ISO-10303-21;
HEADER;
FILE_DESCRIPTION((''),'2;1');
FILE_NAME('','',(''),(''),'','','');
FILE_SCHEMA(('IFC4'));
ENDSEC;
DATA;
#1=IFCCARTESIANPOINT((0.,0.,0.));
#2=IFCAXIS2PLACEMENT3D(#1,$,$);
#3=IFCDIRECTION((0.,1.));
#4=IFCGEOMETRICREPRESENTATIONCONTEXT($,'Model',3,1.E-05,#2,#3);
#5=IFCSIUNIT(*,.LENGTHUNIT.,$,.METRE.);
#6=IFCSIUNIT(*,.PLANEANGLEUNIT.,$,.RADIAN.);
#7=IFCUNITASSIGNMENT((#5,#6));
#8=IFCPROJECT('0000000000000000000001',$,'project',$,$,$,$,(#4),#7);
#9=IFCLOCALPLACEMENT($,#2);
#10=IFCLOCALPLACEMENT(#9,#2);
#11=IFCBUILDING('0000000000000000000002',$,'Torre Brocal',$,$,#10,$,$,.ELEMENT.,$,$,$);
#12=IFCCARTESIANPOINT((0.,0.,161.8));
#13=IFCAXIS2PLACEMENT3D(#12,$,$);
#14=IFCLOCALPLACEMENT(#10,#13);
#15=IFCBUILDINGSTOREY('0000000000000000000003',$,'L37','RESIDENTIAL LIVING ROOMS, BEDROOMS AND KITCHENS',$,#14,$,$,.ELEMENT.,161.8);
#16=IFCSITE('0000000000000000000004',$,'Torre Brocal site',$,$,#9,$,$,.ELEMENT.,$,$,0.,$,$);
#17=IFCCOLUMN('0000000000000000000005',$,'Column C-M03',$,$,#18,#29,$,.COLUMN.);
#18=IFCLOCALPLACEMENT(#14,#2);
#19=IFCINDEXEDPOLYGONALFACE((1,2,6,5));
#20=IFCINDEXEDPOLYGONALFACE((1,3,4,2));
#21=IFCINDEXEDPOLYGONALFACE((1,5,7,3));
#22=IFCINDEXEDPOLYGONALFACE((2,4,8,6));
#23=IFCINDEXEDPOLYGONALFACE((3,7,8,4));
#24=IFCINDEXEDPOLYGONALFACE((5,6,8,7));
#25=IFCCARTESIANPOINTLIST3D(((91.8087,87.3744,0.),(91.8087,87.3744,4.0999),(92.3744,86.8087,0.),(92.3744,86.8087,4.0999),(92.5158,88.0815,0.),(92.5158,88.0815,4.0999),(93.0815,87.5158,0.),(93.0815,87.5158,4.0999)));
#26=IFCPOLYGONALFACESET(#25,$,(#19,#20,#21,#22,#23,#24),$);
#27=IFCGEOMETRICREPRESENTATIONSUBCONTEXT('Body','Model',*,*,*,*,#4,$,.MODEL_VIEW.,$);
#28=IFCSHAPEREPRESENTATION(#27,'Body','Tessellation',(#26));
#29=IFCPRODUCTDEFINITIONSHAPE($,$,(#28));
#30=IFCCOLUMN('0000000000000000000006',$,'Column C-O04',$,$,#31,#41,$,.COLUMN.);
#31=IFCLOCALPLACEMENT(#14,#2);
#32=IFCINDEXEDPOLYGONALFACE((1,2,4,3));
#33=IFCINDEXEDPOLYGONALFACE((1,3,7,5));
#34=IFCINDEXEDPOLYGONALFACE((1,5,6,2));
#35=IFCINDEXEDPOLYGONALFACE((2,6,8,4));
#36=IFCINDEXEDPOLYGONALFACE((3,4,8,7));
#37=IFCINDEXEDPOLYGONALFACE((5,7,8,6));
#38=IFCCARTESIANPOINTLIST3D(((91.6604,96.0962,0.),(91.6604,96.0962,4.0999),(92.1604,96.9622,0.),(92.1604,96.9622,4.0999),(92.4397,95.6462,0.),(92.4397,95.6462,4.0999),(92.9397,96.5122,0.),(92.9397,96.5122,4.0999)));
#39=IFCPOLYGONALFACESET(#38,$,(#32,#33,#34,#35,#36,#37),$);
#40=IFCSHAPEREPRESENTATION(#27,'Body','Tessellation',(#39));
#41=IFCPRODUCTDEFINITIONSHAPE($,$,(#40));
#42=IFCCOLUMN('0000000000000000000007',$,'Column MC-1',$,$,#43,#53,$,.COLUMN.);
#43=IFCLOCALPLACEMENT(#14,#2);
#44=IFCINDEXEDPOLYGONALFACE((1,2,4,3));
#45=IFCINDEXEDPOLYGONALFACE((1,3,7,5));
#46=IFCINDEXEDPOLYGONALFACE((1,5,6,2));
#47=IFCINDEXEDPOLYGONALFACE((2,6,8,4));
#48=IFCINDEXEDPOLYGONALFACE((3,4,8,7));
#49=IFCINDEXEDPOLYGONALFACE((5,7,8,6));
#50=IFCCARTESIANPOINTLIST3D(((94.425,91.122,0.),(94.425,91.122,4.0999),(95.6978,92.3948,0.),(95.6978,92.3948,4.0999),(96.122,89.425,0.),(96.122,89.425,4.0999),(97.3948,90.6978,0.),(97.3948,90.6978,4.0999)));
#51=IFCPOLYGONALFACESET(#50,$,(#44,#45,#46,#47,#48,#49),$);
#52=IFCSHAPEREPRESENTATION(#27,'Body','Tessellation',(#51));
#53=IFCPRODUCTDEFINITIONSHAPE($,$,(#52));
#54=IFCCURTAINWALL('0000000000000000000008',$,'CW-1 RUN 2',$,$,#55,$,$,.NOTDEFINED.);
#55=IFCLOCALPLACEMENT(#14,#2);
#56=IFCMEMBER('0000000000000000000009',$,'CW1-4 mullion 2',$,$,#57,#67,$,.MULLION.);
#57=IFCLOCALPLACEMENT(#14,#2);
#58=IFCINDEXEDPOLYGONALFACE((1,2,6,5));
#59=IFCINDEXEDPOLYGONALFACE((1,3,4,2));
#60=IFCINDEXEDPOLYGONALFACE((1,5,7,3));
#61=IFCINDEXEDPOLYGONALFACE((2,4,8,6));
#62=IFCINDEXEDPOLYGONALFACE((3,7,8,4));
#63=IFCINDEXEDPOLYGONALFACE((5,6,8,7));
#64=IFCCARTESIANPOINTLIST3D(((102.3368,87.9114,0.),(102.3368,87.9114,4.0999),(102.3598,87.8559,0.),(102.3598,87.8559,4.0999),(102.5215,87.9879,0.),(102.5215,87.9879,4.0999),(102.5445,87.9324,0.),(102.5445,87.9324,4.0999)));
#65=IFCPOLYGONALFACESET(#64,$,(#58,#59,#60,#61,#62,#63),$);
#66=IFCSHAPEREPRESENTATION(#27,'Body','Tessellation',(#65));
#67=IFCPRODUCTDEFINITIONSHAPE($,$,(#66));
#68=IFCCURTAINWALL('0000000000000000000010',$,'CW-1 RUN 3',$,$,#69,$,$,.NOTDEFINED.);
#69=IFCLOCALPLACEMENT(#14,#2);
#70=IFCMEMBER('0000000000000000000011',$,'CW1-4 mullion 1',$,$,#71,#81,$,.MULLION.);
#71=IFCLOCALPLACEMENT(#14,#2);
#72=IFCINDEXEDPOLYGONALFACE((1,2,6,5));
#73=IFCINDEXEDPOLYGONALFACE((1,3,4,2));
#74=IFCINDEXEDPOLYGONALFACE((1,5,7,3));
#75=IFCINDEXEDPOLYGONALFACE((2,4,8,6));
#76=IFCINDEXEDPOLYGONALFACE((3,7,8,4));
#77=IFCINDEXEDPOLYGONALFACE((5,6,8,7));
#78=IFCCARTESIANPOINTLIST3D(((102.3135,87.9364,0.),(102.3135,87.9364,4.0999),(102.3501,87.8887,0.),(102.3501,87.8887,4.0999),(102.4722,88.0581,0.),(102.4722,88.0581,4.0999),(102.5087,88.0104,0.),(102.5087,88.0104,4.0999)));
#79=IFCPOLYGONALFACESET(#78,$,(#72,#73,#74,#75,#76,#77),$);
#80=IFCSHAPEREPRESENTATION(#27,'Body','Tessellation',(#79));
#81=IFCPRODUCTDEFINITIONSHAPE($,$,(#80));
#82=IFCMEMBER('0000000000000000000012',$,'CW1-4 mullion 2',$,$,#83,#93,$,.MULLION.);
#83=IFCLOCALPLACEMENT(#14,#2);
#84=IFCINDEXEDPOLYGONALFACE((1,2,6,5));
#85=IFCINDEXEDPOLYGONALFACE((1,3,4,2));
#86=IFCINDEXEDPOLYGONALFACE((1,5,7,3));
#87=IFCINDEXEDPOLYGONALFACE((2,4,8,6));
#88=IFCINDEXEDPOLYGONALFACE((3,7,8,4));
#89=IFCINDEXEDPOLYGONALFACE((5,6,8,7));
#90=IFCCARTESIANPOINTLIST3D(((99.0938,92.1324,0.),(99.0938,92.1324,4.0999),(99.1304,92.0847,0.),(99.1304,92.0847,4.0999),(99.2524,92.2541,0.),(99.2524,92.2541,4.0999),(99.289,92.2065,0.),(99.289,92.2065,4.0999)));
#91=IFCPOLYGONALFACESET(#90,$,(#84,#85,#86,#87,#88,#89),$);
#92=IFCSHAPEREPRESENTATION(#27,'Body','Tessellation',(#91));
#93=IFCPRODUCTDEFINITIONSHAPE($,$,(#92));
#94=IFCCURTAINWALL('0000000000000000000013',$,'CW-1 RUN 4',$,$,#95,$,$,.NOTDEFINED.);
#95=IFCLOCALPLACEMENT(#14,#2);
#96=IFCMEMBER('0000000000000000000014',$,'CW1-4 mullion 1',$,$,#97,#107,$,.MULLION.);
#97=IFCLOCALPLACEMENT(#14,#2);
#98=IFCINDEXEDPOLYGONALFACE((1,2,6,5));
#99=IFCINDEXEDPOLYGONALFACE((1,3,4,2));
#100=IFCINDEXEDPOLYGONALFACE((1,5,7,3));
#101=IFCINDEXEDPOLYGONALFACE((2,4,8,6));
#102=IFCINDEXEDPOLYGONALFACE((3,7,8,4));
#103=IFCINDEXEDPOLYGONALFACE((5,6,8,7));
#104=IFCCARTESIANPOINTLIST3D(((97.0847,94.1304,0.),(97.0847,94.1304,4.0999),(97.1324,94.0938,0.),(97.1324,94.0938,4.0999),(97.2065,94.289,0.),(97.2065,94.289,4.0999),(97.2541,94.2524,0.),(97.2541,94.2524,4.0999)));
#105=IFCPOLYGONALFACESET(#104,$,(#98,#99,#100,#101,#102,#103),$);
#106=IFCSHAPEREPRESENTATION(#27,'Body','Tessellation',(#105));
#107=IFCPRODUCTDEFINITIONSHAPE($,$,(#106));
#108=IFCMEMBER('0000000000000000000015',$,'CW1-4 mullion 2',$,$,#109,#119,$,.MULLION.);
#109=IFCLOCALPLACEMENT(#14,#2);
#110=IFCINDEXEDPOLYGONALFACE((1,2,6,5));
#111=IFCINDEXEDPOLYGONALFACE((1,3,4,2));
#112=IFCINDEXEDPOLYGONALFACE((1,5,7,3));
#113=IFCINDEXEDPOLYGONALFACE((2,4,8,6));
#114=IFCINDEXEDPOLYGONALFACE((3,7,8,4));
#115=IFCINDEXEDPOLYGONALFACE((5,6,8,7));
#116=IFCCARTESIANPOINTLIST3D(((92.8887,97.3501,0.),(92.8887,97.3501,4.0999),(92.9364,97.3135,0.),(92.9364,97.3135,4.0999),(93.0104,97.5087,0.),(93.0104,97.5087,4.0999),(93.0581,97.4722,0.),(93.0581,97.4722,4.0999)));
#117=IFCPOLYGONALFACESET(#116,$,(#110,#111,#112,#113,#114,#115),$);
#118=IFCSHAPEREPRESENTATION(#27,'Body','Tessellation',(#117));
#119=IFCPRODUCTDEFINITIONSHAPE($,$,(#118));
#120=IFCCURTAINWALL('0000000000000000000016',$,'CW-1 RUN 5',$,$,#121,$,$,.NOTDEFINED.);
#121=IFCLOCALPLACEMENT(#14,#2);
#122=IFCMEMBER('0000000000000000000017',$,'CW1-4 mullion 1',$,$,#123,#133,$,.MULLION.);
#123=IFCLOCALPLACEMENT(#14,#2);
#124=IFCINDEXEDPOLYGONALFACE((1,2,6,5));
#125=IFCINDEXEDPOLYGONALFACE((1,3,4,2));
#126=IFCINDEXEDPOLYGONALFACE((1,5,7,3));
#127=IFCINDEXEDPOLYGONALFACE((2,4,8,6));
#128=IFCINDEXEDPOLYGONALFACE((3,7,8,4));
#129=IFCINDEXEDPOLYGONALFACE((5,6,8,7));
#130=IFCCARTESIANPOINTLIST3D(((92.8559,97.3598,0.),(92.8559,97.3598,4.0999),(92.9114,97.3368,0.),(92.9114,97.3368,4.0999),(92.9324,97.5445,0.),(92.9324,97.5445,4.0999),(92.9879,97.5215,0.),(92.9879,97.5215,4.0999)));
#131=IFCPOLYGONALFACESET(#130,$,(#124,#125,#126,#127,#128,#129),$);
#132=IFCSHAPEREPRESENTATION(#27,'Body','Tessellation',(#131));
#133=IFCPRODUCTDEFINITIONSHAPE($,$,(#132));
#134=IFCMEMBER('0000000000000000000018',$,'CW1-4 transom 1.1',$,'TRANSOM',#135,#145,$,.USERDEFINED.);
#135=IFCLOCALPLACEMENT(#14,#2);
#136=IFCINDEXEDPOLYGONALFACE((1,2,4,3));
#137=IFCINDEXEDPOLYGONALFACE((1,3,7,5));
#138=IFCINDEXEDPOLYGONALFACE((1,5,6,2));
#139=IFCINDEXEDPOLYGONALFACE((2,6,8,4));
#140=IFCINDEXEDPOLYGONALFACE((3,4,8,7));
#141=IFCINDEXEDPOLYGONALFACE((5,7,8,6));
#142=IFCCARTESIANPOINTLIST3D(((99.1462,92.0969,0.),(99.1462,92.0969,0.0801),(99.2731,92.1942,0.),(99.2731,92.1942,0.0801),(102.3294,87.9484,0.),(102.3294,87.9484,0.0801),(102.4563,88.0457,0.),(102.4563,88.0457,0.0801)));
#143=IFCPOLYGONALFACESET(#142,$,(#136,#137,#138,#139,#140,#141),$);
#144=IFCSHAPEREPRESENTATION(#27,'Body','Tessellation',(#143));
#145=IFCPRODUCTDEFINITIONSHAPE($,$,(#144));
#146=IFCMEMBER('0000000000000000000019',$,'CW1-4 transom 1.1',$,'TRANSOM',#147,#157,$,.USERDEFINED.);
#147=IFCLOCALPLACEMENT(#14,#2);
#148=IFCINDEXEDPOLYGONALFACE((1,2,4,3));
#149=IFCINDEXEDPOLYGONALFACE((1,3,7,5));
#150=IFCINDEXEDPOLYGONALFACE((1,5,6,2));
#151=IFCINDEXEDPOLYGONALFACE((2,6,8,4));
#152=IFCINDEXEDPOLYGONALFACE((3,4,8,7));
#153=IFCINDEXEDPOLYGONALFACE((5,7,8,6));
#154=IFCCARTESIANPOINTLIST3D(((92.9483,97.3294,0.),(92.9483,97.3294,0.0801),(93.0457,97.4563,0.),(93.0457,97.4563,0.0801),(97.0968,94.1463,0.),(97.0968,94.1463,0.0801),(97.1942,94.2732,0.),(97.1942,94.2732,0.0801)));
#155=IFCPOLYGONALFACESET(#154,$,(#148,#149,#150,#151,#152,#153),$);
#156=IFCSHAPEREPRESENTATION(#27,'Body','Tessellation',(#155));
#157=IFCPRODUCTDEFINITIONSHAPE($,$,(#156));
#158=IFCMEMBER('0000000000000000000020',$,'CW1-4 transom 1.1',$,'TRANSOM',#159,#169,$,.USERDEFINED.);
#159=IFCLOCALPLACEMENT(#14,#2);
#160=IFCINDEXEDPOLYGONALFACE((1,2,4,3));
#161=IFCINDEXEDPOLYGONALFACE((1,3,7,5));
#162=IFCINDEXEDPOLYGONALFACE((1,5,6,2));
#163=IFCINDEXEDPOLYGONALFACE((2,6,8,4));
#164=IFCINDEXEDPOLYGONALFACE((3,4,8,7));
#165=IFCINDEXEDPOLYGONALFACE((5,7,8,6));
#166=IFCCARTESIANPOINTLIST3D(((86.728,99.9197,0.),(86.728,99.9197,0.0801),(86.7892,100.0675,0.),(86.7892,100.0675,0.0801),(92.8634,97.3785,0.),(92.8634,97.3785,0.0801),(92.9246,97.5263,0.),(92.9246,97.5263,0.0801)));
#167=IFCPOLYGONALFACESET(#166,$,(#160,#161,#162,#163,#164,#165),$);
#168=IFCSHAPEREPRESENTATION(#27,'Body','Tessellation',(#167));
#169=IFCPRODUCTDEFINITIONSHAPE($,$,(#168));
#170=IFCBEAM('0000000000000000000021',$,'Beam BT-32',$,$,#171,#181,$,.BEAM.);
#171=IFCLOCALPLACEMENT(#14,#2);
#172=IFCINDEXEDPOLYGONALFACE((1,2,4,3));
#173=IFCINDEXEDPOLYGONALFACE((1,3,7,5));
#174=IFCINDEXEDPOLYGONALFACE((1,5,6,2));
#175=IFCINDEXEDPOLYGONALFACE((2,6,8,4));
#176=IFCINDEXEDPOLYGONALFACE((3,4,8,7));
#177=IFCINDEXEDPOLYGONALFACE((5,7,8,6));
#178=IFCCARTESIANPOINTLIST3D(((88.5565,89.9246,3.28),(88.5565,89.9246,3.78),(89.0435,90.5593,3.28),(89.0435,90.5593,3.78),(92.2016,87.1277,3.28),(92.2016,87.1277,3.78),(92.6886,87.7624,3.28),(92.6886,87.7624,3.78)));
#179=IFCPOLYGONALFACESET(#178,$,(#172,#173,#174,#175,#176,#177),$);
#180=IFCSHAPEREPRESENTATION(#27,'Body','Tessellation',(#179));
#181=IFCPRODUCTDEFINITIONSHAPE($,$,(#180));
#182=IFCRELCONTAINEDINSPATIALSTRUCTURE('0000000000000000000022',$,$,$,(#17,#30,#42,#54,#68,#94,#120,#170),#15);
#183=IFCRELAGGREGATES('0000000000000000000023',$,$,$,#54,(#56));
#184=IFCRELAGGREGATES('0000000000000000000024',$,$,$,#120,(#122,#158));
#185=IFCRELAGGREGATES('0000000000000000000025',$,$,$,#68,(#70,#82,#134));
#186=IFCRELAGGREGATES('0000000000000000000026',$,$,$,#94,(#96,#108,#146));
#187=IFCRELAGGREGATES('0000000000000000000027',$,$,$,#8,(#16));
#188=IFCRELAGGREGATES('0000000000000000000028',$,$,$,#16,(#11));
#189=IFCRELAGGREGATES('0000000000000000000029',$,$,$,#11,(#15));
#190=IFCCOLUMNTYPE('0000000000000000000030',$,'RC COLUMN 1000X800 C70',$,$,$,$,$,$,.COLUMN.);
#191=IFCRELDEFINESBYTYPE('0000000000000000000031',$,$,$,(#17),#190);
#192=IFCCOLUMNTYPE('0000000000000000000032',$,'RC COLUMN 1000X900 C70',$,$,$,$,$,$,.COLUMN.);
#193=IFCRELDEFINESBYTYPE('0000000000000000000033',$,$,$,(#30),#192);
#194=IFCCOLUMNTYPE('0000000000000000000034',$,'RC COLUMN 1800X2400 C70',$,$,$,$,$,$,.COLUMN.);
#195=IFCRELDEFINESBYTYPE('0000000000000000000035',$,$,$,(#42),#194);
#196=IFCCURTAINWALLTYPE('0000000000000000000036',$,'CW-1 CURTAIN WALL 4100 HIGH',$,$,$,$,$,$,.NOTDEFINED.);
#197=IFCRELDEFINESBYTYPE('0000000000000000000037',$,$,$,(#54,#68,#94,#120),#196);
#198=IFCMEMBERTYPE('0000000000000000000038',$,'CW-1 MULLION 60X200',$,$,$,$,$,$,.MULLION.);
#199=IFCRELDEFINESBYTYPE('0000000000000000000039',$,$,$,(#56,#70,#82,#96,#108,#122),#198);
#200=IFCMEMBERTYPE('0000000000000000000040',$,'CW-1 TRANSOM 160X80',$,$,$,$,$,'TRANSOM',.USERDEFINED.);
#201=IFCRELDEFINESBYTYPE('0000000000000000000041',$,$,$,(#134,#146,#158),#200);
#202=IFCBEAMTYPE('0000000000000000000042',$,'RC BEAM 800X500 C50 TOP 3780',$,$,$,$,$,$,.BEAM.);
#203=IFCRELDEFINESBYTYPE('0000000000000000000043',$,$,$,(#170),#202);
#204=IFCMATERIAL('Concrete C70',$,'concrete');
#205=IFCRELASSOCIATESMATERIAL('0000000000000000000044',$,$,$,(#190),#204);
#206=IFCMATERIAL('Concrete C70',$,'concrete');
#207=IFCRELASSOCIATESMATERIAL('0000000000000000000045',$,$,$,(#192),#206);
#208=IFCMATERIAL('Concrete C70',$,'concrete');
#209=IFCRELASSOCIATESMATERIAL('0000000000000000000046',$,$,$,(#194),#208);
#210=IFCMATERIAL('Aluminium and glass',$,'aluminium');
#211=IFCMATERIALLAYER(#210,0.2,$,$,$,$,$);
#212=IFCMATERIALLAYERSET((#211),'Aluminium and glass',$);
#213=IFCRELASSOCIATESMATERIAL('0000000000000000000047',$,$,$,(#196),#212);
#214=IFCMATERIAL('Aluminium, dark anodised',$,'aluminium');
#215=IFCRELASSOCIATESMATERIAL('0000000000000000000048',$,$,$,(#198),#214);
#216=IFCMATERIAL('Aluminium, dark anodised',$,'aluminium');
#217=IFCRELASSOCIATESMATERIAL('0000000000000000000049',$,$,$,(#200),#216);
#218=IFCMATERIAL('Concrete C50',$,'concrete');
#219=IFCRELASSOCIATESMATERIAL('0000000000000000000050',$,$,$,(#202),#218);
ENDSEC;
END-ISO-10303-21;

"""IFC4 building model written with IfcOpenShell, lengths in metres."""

from ifc_helpers import new_model, si_unit, direction, frame, origin, origin_2d, place, context, subcontext, project, spatial, rectangle, extrude, material, layer, layer_set, material_profile, profile_set, type_object, element, aggregate, save


model = new_model("IFC4")

# Units and contexts
model_context = context("Model", 3, precision=1e-05, world=origin(), true_north=direction((0.0, 1.0)))
body_context = subcontext(model_context, "Body", "Model", "MODEL_VIEW")
ifc_project = project(units=[si_unit("LENGTHUNIT", "METRE"), si_unit("PLANEANGLEUNIT", "RADIAN")], contexts=[model_context])

# Site, building, storey
site_placement = place(None, origin())
site = spatial("IfcSite", under=ifc_project, at=site_placement, Name="Torre Brocal site", CompositionType="ELEMENT", RefElevation=0.0)
building_placement = place(site_placement, origin())
building = spatial("IfcBuilding", under=site, at=building_placement, Name="Torre Brocal", CompositionType="ELEMENT")
storey_placement = place(building_placement, frame((0.0, 0.0, 161.8)))
storey = spatial("IfcBuildingStorey", under=building, at=storey_placement, Name="L37", Description="RESIDENTIAL LIVING ROOMS, BEDROOMS AND KITCHENS", CompositionType="ELEMENT", Elevation=161.8)

# Columns
ifc_material_1 = material(Name="Concrete C70", Category="concrete")
ifc_material_profile_1 = material_profile(ifc_material_1, rectangle(XDim=1.0, YDim=0.8, at=origin_2d()), Name="RC 1000X800")
ifc_profile_set_1 = profile_set([ifc_material_profile_1], Name="Concrete C70")
column_type_1 = type_object("IfcColumnType", Name="RC COLUMN 1000X800 C70", PredefinedType="COLUMN", material=ifc_profile_set_1)
column_1_placement = place(storey_placement, frame((92.4451, 87.4451, 0.0), z_axis=(0.0, 0.0, 1.0), x_axis=(0.707107, 0.707107, 0.0)))
element("IfcColumn", 1, at=column_1_placement, inside=storey, type_object=column_type_1, Name="Column C-M03", PredefinedType="COLUMN", context=body_context, shape_type="SweptSolid", body=[
    extrude(rectangle(XDim=1.0, YDim=0.8, at=origin_2d()), origin(), (0.0, 0.0, 1.0), 4.0999),
])
ifc_material_2 = material(Name="Concrete C70", Category="concrete")
ifc_material_profile_2 = material_profile(ifc_material_2, rectangle(XDim=1.0, YDim=0.8999, at=origin_2d()), Name="RC 1000X900")
ifc_profile_set_2 = profile_set([ifc_material_profile_2], Name="Concrete C70")
column_type_2 = type_object("IfcColumnType", Name="RC COLUMN 1000X900 C70", PredefinedType="COLUMN", material=ifc_profile_set_2)
column_2_placement = place(storey_placement, frame((92.3, 96.3042, 0.0), z_axis=(0.0, 0.0, 1.0), x_axis=(0.5, 0.866025, 0.0)))
element("IfcColumn", 2, at=column_2_placement, inside=storey, type_object=column_type_2, Name="Column C-O04", PredefinedType="COLUMN", context=body_context, shape_type="SweptSolid", body=[
    extrude(rectangle(XDim=1.0, YDim=0.8999, at=origin_2d()), origin(), (0.0, 0.0, 1.0), 4.0999),
])
ifc_material_3 = material(Name="Concrete C70", Category="concrete")
ifc_material_profile_3 = material_profile(ifc_material_3, rectangle(XDim=1.8, YDim=2.3999, at=origin_2d()), Name="RC 1800X2400")
ifc_profile_set_3 = profile_set([ifc_material_profile_3], Name="Concrete C70")
column_type_3 = type_object("IfcColumnType", Name="RC COLUMN 1800X2400 C70", PredefinedType="COLUMN", material=ifc_profile_set_3)
column_3_placement = place(storey_placement, frame((95.9099, 90.9099, 0.0), z_axis=(0.0, 0.0, 1.0), x_axis=(0.707107, 0.707107, 0.0)))
element("IfcColumn", 3, at=column_3_placement, inside=storey, type_object=column_type_3, Name="Column MC-1", PredefinedType="COLUMN", context=body_context, shape_type="SweptSolid", body=[
    extrude(rectangle(XDim=1.8, YDim=2.3999, at=origin_2d()), origin(), (0.0, 0.0, 1.0), 4.0999),
])

# Curtain wall, member
ifc_material_4 = material(Name="Aluminium and glass", Category="aluminium")
ifc_layer_1 = layer(ifc_material_4, 0.2)
ifc_layer_set_1 = layer_set([ifc_layer_1], Name="Aluminium and glass")
curtain_wall_type = type_object("IfcCurtainWallType", Name="CW-1 CURTAIN WALL 4100 HIGH", PredefinedType="NOTDEFINED", material=ifc_layer_set_1)
curtain_wall_1_placement = place(storey_placement, origin())
curtain_wall_1 = element("IfcCurtainWall", 4, at=curtain_wall_1_placement, inside=storey, type_object=curtain_wall_type, Name="CW-1 RUN 2", PredefinedType="NOTDEFINED")
ifc_material_5 = material(Name="Aluminium, dark anodised", Category="aluminium")
ifc_material_profile_4 = material_profile(ifc_material_5, rectangle(XDim=0.2, YDim=0.0601, at=origin_2d()), Name="CW-1 MULLION 60X200")
ifc_profile_set_4 = profile_set([ifc_material_profile_4], Name="Aluminium, dark anodised")
member_type_1 = type_object("IfcMemberType", Name="CW-1 MULLION 60X200", PredefinedType="MULLION", material=ifc_profile_set_4)
member_1_placement = place(storey_placement, frame((102.4407, 87.9219, 0.0), z_axis=(0.0, 0.0, 1.0), x_axis=(-0.92388, -0.382683, 0.0)))
member_1 = element("IfcMember", 5, at=member_1_placement, type_object=member_type_1, Name="CW1-4 mullion 2", PredefinedType="MULLION", context=body_context, shape_type="SweptSolid", body=[
    extrude(rectangle(XDim=0.2, YDim=0.0601, at=origin_2d()), origin(), (0.0, 0.0, 1.0), 4.0999),
])
aggregate(curtain_wall_1, [member_1])

# Curtain walls, members
curtain_wall_2_placement = place(storey_placement, origin())
curtain_wall_2 = element("IfcCurtainWall", 6, at=curtain_wall_2_placement, inside=storey, type_object=curtain_wall_type, Name="CW-1 RUN 3", PredefinedType="NOTDEFINED")
member_2_placement = place(storey_placement, frame((102.4111, 87.9734, 0.0), z_axis=(0.0, 0.0, 1.0), x_axis=(-0.793353, -0.608761, 0.0)))
member_2 = element("IfcMember", 7, at=member_2_placement, type_object=member_type_1, Name="CW1-4 mullion 1", PredefinedType="MULLION", context=body_context, shape_type="SweptSolid", body=[
    extrude(rectangle(XDim=0.2, YDim=0.0601, at=origin_2d()), origin(), (0.0, 0.0, 1.0), 4.0999),
])
member_3_placement = place(storey_placement, frame((99.1914, 92.1694, 0.0), z_axis=(0.0, 0.0, 1.0), x_axis=(-0.793353, -0.608761, 0.0)))
member_3 = element("IfcMember", 8, at=member_3_placement, type_object=member_type_1, Name="CW1-4 mullion 2", PredefinedType="MULLION", context=body_context, shape_type="SweptSolid", body=[
    extrude(rectangle(XDim=0.2, YDim=0.0601, at=origin_2d()), origin(), (0.0, 0.0, 1.0), 4.0999),
])
curtain_wall_3_placement = place(storey_placement, origin())
curtain_wall_3 = element("IfcCurtainWall", 9, at=curtain_wall_3_placement, inside=storey, type_object=curtain_wall_type, Name="CW-1 RUN 4", PredefinedType="NOTDEFINED")
member_4_placement = place(storey_placement, frame((97.1694, 94.1914, 0.0), z_axis=(0.0, 0.0, 1.0), x_axis=(-0.608761, -0.793353, 0.0)))
member_4 = element("IfcMember", 10, at=member_4_placement, type_object=member_type_1, Name="CW1-4 mullion 1", PredefinedType="MULLION", context=body_context, shape_type="SweptSolid", body=[
    extrude(rectangle(XDim=0.2, YDim=0.0601, at=origin_2d()), origin(), (0.0, 0.0, 1.0), 4.0999),
])
member_5_placement = place(storey_placement, frame((92.9734, 97.4111, 0.0), z_axis=(0.0, 0.0, 1.0), x_axis=(-0.608761, -0.793353, 0.0)))
member_5 = element("IfcMember", 11, at=member_5_placement, type_object=member_type_1, Name="CW1-4 mullion 2", PredefinedType="MULLION", context=body_context, shape_type="SweptSolid", body=[
    extrude(rectangle(XDim=0.2, YDim=0.0601, at=origin_2d()), origin(), (0.0, 0.0, 1.0), 4.0999),
])

# Curtain wall, member
curtain_wall_4_placement = place(storey_placement, origin())
curtain_wall_4 = element("IfcCurtainWall", 12, at=curtain_wall_4_placement, inside=storey, type_object=curtain_wall_type, Name="CW-1 RUN 5", PredefinedType="NOTDEFINED")
member_6_placement = place(storey_placement, frame((92.9219, 97.4407, 0.0), z_axis=(0.0, 0.0, 1.0), x_axis=(-0.382683, -0.92388, 0.0)))
member_6 = element("IfcMember", 13, at=member_6_placement, type_object=member_type_1, Name="CW1-4 mullion 1", PredefinedType="MULLION", context=body_context, shape_type="SweptSolid", body=[
    extrude(rectangle(XDim=0.2, YDim=0.0601, at=origin_2d()), origin(), (0.0, 0.0, 1.0), 4.0999),
])

# Members
ifc_material_6 = material(Name="Aluminium, dark anodised", Category="aluminium")
ifc_material_profile_5 = material_profile(ifc_material_6, rectangle(XDim=0.1599, YDim=0.0801, at=origin_2d()), Name="CW-1 TRANSOM 160X80")
ifc_profile_set_5 = profile_set([ifc_material_profile_5], Name="Aluminium, dark anodised")
member_type_2 = type_object("IfcMemberType", Name="CW-1 TRANSOM 160X80", ElementType="TRANSOM", PredefinedType="USERDEFINED", material=ifc_profile_set_5)
member_7_placement = place(storey_placement, frame((102.3928, 87.9971, 0.04), z_axis=(-0.608749, 0.793363, 0.0), x_axis=(-0.793363, -0.608749, 0.0)))
member_7 = element("IfcMember", 14, at=member_7_placement, type_object=member_type_2, Name="CW1-4 transom 1.1", ObjectType="TRANSOM", PredefinedType="USERDEFINED", context=body_context, shape_type="SweptSolid", body=[
    extrude(rectangle(XDim=0.1599, YDim=0.0801, at=origin_2d()), origin(), (0.0, 0.0, 1.0), 5.229),
])
member_8_placement = place(storey_placement, frame((97.1455, 94.2097, 0.04), z_axis=(-0.793363, 0.608749, 0.0), x_axis=(-0.608749, -0.793363, 0.0)))
member_8 = element("IfcMember", 15, at=member_8_placement, type_object=member_type_2, Name="CW1-4 transom 1.1", ObjectType="TRANSOM", PredefinedType="USERDEFINED", context=body_context, shape_type="SweptSolid", body=[
    extrude(rectangle(XDim=0.1599, YDim=0.0801, at=origin_2d()), origin(), (0.0, 0.0, 1.0), 5.229),
])
member_9_placement = place(storey_placement, frame((92.894, 97.4524, 0.04), z_axis=(-0.923887, 0.382665, 0.0), x_axis=(-0.382665, -0.923887, 0.0)))
member_9 = element("IfcMember", 16, at=member_9_placement, type_object=member_type_2, Name="CW1-4 transom 1.1", ObjectType="TRANSOM", PredefinedType="USERDEFINED", context=body_context, shape_type="SweptSolid", body=[
    extrude(rectangle(XDim=0.1599, YDim=0.0801, at=origin_2d()), origin(), (0.0, 0.0, 1.0), 6.6409),
])
aggregate(curtain_wall_4, [member_6, member_9])

# Beam
ifc_material_7 = material(Name="Concrete C50", Category="concrete")
ifc_material_profile_6 = material_profile(ifc_material_7, rectangle(XDim=0.8, YDim=0.5, at=origin_2d()), Name="RC 800X500")
ifc_profile_set_6 = profile_set([ifc_material_profile_6], Name="Concrete C50")
beam_type_1 = type_object("IfcBeamType", Name="RC BEAM 800X500 C50 TOP 3780", PredefinedType="BEAM", material=ifc_profile_set_6)
beam_1_placement = place(storey_placement, frame((92.4451, 87.4451, 3.53), z_axis=(-0.793358, 0.608755, 0.0), x_axis=(-0.608755, -0.793358, 0.0)))
element("IfcBeam", 17, at=beam_1_placement, inside=storey, type_object=beam_type_1, Name="Beam BT-32", PredefinedType="BEAM", context=body_context, shape_type="SweptSolid", body=[
    extrude(rectangle(XDim=0.8, YDim=0.5, at=origin_2d()), origin(), (0.0, 0.0, 1.0), 4.5945),
])

aggregate(curtain_wall_2, [member_2, member_3, member_7])
aggregate(curtain_wall_3, [member_4, member_5, member_8])

save(model, "model.ifc")
